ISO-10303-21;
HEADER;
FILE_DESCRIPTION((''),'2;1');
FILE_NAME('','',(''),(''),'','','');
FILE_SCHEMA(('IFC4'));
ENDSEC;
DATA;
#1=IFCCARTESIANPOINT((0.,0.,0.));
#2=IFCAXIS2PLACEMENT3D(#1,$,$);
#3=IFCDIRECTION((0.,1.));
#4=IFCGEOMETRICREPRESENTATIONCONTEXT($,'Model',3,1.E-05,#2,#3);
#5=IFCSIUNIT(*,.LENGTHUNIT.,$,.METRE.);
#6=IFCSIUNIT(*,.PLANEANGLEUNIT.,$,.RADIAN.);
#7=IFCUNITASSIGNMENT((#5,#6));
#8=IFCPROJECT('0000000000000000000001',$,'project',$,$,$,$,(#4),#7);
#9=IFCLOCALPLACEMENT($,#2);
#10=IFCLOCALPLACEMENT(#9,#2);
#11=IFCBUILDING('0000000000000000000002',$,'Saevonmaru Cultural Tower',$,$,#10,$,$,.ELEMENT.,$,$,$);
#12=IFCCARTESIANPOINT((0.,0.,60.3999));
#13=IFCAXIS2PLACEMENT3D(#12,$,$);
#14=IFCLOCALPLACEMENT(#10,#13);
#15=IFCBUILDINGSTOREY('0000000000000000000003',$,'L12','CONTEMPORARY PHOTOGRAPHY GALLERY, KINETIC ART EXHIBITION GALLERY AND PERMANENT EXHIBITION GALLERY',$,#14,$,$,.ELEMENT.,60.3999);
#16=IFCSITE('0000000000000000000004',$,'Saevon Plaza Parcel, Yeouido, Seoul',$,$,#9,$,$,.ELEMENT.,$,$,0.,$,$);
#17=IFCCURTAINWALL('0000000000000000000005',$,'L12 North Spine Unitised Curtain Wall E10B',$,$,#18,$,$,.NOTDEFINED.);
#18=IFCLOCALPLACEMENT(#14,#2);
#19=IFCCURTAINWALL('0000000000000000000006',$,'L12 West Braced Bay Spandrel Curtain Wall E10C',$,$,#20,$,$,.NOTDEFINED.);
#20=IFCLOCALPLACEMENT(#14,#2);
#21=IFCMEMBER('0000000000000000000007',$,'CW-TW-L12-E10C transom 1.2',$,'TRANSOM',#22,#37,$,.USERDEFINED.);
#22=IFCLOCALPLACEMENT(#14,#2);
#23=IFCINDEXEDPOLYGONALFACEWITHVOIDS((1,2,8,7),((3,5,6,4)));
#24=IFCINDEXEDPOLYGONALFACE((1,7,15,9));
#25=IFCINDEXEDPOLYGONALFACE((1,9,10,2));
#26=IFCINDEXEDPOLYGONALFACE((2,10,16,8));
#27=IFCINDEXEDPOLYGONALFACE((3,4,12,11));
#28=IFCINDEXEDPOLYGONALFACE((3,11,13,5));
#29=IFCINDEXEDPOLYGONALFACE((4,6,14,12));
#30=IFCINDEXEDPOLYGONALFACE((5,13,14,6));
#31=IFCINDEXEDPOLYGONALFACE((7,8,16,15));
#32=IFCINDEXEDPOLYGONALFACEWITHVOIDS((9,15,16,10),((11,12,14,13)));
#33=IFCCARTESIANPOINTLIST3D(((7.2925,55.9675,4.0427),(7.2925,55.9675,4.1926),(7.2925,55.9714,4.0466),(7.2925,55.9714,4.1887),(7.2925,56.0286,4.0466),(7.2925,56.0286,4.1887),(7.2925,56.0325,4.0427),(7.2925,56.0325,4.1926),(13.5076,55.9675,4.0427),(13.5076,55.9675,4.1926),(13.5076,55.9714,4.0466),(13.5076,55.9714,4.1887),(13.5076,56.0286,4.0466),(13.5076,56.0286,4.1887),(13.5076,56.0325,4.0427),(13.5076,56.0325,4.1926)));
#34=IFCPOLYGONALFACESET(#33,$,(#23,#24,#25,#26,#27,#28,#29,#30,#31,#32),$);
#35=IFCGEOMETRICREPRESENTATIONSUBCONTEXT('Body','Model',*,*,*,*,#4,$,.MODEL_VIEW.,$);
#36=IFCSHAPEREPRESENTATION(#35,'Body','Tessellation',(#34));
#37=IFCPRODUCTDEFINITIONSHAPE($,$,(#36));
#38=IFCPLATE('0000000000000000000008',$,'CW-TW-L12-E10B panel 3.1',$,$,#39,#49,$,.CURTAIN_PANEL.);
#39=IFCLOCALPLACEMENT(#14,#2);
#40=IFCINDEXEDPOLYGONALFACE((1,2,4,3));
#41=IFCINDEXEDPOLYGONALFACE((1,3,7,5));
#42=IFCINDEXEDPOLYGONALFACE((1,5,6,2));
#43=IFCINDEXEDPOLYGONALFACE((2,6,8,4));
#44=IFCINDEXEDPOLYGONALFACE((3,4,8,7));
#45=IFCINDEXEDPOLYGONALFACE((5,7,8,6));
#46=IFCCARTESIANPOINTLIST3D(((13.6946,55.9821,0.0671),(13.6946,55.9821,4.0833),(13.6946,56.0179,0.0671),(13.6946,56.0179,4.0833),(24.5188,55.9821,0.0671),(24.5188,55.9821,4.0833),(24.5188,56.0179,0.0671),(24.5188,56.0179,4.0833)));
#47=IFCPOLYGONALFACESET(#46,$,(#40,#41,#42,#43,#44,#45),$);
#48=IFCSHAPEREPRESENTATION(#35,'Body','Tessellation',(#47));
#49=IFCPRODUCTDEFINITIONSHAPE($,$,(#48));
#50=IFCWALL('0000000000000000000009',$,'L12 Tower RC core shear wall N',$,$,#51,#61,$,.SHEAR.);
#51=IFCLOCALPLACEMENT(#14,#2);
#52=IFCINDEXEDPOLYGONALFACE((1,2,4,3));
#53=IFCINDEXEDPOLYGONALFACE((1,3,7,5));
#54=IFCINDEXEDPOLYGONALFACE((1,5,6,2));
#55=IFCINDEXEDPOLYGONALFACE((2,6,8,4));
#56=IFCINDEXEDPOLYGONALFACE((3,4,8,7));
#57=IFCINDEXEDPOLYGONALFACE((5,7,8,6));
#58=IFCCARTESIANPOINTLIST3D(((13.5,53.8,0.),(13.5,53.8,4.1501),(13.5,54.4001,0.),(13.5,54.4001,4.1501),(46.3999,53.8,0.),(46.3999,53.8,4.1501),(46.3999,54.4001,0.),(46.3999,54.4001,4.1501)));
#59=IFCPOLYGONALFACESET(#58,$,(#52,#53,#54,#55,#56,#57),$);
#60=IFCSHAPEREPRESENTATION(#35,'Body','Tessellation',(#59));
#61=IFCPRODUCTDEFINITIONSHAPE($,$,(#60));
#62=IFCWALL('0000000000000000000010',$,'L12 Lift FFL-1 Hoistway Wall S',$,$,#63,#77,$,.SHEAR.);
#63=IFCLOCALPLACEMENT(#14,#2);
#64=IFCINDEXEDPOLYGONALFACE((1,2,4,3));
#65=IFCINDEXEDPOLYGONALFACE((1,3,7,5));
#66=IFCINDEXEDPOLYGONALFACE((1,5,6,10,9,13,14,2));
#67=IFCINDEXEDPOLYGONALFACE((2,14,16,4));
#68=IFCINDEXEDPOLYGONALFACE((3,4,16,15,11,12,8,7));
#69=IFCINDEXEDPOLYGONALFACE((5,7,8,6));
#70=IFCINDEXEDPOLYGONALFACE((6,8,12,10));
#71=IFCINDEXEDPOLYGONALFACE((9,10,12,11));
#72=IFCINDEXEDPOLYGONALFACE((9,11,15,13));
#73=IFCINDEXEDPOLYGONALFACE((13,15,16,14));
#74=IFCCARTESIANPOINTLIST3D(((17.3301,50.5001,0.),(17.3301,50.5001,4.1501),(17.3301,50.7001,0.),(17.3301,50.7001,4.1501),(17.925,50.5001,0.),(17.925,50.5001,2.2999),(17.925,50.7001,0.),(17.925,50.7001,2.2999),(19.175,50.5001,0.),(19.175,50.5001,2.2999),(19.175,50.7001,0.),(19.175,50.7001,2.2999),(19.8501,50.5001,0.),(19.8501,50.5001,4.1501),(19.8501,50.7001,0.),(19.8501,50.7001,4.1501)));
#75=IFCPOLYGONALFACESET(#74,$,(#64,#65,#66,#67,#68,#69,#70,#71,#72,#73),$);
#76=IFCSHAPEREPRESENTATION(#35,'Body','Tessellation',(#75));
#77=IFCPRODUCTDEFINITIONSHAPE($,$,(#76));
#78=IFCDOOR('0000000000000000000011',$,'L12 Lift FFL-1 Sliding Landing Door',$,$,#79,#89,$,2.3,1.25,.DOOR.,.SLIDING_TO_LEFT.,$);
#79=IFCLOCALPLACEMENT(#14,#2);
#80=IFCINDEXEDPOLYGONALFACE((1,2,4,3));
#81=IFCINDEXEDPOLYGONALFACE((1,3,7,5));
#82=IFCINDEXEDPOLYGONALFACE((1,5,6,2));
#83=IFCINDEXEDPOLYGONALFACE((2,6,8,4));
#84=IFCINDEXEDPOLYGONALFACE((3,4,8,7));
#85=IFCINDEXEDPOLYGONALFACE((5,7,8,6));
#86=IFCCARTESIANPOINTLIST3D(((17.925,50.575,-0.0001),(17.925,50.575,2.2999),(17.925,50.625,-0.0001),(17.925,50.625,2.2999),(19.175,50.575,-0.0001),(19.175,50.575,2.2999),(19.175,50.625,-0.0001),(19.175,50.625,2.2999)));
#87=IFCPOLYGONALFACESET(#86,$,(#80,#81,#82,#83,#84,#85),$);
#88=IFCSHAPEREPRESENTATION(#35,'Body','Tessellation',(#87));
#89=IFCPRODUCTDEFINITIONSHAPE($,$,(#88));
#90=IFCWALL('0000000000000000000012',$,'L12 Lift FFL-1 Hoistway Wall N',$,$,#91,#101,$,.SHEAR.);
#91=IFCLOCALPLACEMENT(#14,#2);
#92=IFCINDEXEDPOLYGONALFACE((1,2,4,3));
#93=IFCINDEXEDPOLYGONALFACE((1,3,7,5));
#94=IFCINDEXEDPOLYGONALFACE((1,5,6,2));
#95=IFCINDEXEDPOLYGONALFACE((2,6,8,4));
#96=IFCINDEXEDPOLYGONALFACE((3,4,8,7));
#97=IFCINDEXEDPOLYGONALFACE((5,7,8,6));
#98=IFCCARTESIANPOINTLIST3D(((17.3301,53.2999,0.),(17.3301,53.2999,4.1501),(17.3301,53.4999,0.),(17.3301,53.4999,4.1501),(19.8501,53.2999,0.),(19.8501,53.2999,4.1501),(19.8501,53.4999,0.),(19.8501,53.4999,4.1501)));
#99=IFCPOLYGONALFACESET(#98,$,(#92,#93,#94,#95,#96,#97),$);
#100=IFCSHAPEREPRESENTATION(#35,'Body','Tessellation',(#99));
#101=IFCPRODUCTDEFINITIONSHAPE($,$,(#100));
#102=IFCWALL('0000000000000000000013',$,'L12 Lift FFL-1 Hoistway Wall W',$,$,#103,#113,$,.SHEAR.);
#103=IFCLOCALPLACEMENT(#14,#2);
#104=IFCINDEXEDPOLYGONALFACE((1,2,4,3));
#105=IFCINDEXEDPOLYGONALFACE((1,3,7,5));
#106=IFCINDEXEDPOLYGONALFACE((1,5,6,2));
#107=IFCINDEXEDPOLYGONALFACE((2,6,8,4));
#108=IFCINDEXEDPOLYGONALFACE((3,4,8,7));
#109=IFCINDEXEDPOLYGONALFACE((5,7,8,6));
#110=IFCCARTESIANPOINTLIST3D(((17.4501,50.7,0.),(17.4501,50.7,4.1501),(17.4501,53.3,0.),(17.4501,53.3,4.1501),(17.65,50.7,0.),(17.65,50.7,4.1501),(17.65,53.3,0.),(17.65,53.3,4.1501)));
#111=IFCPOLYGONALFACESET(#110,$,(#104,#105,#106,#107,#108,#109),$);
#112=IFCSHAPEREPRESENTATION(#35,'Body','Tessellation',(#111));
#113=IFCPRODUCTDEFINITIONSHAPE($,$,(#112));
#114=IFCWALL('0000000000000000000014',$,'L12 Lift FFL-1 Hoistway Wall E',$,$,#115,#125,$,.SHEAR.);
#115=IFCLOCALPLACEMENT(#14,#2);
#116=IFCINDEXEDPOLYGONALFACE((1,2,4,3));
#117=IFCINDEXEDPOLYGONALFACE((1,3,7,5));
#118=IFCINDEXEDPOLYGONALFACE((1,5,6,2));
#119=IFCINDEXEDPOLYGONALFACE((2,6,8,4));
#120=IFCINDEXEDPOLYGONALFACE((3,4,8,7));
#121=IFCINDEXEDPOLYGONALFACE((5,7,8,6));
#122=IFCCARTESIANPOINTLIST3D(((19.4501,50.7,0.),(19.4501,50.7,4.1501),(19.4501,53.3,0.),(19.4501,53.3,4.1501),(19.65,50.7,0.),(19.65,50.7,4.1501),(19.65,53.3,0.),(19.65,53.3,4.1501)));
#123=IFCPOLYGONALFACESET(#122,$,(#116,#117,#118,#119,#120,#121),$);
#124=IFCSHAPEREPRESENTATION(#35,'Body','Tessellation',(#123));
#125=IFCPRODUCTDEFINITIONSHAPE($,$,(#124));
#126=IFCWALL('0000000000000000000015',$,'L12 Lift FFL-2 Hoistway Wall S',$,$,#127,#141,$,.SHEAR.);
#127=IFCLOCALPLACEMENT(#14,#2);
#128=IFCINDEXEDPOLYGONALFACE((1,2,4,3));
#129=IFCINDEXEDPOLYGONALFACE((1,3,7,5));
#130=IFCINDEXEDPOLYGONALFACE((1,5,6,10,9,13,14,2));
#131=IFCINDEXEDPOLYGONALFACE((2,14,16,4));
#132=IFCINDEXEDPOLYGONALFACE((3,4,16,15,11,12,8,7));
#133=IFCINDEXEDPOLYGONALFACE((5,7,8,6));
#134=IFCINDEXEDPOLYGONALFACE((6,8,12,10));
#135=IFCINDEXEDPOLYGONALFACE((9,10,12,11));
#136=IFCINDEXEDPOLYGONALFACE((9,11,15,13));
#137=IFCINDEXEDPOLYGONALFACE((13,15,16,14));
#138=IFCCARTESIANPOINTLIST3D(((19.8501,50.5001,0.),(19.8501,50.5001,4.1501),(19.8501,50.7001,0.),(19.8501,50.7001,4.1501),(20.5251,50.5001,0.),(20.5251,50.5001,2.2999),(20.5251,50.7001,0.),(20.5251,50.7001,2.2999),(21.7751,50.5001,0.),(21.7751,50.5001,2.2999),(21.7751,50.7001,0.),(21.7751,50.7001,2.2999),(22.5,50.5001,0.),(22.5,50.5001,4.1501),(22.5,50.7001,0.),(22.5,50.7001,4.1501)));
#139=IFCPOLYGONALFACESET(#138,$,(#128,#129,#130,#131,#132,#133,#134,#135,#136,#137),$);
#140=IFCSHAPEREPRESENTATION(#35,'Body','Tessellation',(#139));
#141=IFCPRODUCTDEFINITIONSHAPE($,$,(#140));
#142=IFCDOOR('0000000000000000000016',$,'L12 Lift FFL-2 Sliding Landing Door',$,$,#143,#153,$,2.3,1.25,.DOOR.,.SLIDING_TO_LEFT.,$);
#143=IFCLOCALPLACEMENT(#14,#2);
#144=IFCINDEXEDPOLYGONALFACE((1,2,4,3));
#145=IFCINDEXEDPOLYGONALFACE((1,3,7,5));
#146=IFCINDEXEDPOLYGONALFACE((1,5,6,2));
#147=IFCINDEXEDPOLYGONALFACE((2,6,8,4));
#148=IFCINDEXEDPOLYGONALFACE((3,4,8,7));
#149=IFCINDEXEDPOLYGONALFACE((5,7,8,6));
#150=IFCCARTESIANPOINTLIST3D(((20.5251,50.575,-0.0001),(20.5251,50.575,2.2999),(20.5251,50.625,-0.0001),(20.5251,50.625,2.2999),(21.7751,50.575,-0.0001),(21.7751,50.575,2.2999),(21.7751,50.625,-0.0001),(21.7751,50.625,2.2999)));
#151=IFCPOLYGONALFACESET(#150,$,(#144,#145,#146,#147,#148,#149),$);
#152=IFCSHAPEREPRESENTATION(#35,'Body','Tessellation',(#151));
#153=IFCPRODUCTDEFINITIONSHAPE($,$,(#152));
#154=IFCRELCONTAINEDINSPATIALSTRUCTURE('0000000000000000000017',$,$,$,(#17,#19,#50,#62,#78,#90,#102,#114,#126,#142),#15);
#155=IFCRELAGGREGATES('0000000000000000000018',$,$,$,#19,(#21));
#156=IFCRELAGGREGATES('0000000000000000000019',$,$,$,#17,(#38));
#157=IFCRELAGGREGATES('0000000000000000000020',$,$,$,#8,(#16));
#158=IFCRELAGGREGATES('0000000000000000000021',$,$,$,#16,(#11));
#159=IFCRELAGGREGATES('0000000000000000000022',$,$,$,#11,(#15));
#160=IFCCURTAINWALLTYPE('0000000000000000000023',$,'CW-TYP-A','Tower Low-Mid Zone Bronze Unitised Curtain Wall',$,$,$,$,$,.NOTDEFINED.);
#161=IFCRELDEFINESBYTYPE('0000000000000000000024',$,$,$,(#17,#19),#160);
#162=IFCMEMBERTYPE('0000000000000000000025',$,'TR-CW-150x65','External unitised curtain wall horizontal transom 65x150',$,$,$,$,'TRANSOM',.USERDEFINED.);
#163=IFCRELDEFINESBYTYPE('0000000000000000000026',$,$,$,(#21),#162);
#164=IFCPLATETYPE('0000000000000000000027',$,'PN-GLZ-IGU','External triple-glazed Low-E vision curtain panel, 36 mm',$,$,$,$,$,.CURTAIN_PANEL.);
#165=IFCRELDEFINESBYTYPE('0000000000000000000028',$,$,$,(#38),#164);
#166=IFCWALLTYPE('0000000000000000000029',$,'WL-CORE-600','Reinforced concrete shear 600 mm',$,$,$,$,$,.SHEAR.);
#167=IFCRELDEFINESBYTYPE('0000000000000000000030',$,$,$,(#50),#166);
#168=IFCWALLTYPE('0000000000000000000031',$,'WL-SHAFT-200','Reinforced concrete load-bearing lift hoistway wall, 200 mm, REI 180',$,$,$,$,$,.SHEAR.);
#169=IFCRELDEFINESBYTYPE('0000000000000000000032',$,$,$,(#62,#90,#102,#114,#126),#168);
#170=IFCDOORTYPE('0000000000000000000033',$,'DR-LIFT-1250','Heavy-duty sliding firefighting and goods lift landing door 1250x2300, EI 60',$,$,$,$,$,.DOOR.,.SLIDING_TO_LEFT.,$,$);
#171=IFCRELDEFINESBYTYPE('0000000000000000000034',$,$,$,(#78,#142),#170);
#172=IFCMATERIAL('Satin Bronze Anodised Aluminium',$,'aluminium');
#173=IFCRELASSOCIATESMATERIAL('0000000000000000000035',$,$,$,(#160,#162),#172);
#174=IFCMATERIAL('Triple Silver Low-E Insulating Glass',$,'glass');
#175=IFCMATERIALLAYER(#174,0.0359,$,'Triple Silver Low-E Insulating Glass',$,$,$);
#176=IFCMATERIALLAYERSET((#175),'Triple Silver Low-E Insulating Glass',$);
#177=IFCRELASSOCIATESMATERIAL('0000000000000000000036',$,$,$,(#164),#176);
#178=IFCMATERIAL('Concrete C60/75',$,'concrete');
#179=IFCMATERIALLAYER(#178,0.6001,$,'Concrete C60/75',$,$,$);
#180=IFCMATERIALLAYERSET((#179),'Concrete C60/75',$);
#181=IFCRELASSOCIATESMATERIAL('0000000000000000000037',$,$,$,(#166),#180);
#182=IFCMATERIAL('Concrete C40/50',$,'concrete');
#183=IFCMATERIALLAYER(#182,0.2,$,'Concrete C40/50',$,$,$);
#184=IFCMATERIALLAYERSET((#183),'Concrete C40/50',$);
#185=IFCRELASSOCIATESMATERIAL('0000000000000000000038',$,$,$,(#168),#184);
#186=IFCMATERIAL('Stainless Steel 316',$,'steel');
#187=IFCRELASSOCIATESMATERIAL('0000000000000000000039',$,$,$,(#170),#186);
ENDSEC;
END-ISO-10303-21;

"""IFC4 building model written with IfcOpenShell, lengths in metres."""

from ifc_helpers import new_model, si_unit, direction, frame, frame_2d, origin, origin_2d, place, context, subcontext, project, spatial, rectangle, hollow_rectangle, extrude, material, layer, layer_set, material_profile, profile_set, type_object, element, fill, aggregate, save


model = new_model("IFC4")

# Units and contexts
model_context = context("Model", 3, precision=1e-05, world=origin(), true_north=direction((0.0, 1.0)))
body_context = subcontext(model_context, "Body", "Model", "MODEL_VIEW")
ifc_project = project(units=[si_unit("LENGTHUNIT", "METRE"), si_unit("PLANEANGLEUNIT", "RADIAN")], contexts=[model_context])

# Site, building, storey
site_placement = place(None, origin())
site = spatial("IfcSite", under=ifc_project, at=site_placement, Name="Saevon Plaza Parcel, Yeouido, Seoul", CompositionType="ELEMENT", RefElevation=0.0)
building_placement = place(site_placement, origin())
building = spatial("IfcBuilding", under=site, at=building_placement, Name="Saevonmaru Cultural Tower", CompositionType="ELEMENT")
storey_placement = place(building_placement, frame((0.0, 0.0, 60.3999)))
storey = spatial("IfcBuildingStorey", under=building, at=storey_placement, Name="L12", Description="CONTEMPORARY PHOTOGRAPHY GALLERY, KINETIC ART EXHIBITION GALLERY AND PERMANENT EXHIBITION GALLERY", CompositionType="ELEMENT", Elevation=60.3999)

# Curtain wall
ifc_material_1 = material(Name="Satin Bronze Anodised Aluminium", Category="aluminium")
curtain_wall_type = type_object("IfcCurtainWallType", Name="CW-TYP-A", Description="Tower Low-Mid Zone Bronze Unitised Curtain Wall", PredefinedType="NOTDEFINED", material=ifc_material_1)
curtain_wall_1_placement = place(storey_placement, origin())
curtain_wall_1 = element("IfcCurtainWall", 1, at=curtain_wall_1_placement, inside=storey, type_object=curtain_wall_type, Name="L12 North Spine Unitised Curtain Wall E10B", PredefinedType="NOTDEFINED")

# Curtain wall, member
curtain_wall_2_placement = place(storey_placement, origin())
curtain_wall_2 = element("IfcCurtainWall", 2, at=curtain_wall_2_placement, inside=storey, type_object=curtain_wall_type, Name="L12 West Braced Bay Spandrel Curtain Wall E10C", PredefinedType="NOTDEFINED")
ifc_material_profile_1 = material_profile(ifc_material_1, hollow_rectangle(XDim=0.0649, YDim=0.1499, WallThickness=0.0039, at=origin_2d()), Name="ALU-TRAN-150x65x4")
ifc_profile_set_1 = profile_set([ifc_material_profile_1], Name="Satin Bronze Anodised Aluminium")
member_type_1 = type_object("IfcMemberType", Name="TR-CW-150x65", Description="External unitised curtain wall horizontal transom 65x150", ElementType="TRANSOM", PredefinedType="USERDEFINED", material=ifc_profile_set_1)
member_1_placement = place(storey_placement, frame((13.5076, 56.0, 4.1177), z_axis=(-1.0, 0.0, 0.0), x_axis=(0.0, -1.0, 0.0)))
member_1 = element("IfcMember", 3, at=member_1_placement, type_object=member_type_1, Name="CW-TW-L12-E10C transom 1.2", ObjectType="TRANSOM", PredefinedType="USERDEFINED", context=body_context, shape_type="SweptSolid", body=[
    extrude(hollow_rectangle(XDim=0.0649, YDim=0.1499, WallThickness=0.0039, at=origin_2d()), origin(), (0.0, 0.0, 1.0), 6.2151),
])
aggregate(curtain_wall_2, [member_1])

# Plate
ifc_material_2 = material(Name="Triple Silver Low-E Insulating Glass", Category="glass")
ifc_layer_1 = layer(ifc_material_2, 0.0359, Name="Triple Silver Low-E Insulating Glass")
ifc_layer_set_1 = layer_set([ifc_layer_1], Name="Triple Silver Low-E Insulating Glass")
plate_type = type_object("IfcPlateType", Name="PN-GLZ-IGU", Description="External triple-glazed Low-E vision curtain panel, 36 mm", PredefinedType="CURTAIN_PANEL", material=ifc_layer_set_1)
plate_placement = place(storey_placement, frame((19.1067, 56.0, 0.0671), z_axis=(0.0, 0.0, 1.0), x_axis=(-1.0, 0.0, 0.0)))
plate = element("IfcPlate", 4, at=plate_placement, type_object=plate_type, Name="CW-TW-L12-E10B panel 3.1", PredefinedType="CURTAIN_PANEL", context=body_context, shape_type="SweptSolid", body=[
    extrude(rectangle(XDim=10.8242, YDim=0.0359, at=origin_2d()), origin(), (0.0, 0.0, 1.0), 4.0161),
])
aggregate(curtain_wall_1, [plate])

# Wall
ifc_material_3 = material(Name="Concrete C60/75", Category="concrete")
ifc_layer_2 = layer(ifc_material_3, 0.6001, Name="Concrete C60/75")
ifc_layer_set_2 = layer_set([ifc_layer_2], Name="Concrete C60/75")
wall_type_1 = type_object("IfcWallType", Name="WL-CORE-600", Description="Reinforced concrete shear 600 mm", PredefinedType="SHEAR", material=ifc_layer_set_2)
wall_1_placement = place(storey_placement, frame((13.5, 54.1001, 0.0), z_axis=(0.0, 0.0, 1.0), x_axis=(1.0, 0.0, 0.0)))
element("IfcWall", 5, at=wall_1_placement, inside=storey, type_object=wall_type_1, Name="L12 Tower RC core shear wall N", PredefinedType="SHEAR", context=body_context, shape_type="SweptSolid", body=[
    extrude(rectangle(XDim=32.8999, YDim=0.6001, at=frame_2d((16.45, 0.0))), origin(), (0.0, 0.0, 1.0), 4.1501),
])

# Wall, opening, door
ifc_material_4 = material(Name="Concrete C40/50", Category="concrete")
ifc_layer_3 = layer(ifc_material_4, 0.2, Name="Concrete C40/50")
ifc_layer_set_3 = layer_set([ifc_layer_3], Name="Concrete C40/50")
wall_type_2 = type_object("IfcWallType", Name="WL-SHAFT-200", Description="Reinforced concrete load-bearing lift hoistway wall, 200 mm, REI 180", PredefinedType="SHEAR", material=ifc_layer_set_3)
wall_2_placement = place(storey_placement, frame((17.3301, 50.6001, 0.0), z_axis=(0.0, 0.0, 1.0), x_axis=(1.0, 0.0, 0.0)))
wall_2 = element("IfcWall", 6, at=wall_2_placement, inside=storey, type_object=wall_type_2, Name="L12 Lift FFL-1 Hoistway Wall S", PredefinedType="SHEAR", context=body_context, shape_type="SweptSolid", body=[
    extrude(rectangle(XDim=2.52, YDim=0.2, at=frame_2d((1.26, 0.0))), origin(), (0.0, 0.0, 1.0), 4.1501),
])
opening_1_placement = place(wall_2_placement, frame((0.595, 0.0, 0.0)))
opening_1 = element("IfcOpeningElement", 7, at=opening_1_placement, cuts=wall_2, PredefinedType="OPENING", context=body_context, shape_type="SweptSolid", body=[
    extrude(rectangle(XDim=1.25, YDim=2.3, at=frame_2d((0.625, 1.1499))), frame((0.0, 0.1099, 0.0), z_axis=(0.0, -1.0, 0.0), x_axis=(1.0, 0.0, 0.0)), (0.0, 0.0, 1.0), 0.22),
])
ifc_material_5 = material(Name="Stainless Steel 316", Category="steel")
door_type = type_object("IfcDoorType", Name="DR-LIFT-1250", Description="Heavy-duty sliding firefighting and goods lift landing door 1250x2300, EI 60", OperationType="SLIDING_TO_LEFT", PredefinedType="DOOR", material=ifc_material_5)
door_1_placement = place(opening_1_placement, origin())
door_1 = element("IfcDoor", 8, at=door_1_placement, inside=storey, type_object=door_type, Name="L12 Lift FFL-1 Sliding Landing Door", OperationType="SLIDING_TO_LEFT", OverallHeight=2.3, OverallWidth=1.25, PredefinedType="DOOR", context=body_context, shape_type="SweptSolid", body=[
    extrude(rectangle(XDim=1.25, YDim=2.3, at=frame_2d((0.625, 1.1499))), frame((0.0, 0.0249, 0.0), z_axis=(0.0, -1.0, 0.0), x_axis=(1.0, 0.0, 0.0)), (0.0, 0.0, 1.0), 0.05),
])
fill(opening_1, door_1)

# Walls
wall_3_placement = place(storey_placement, frame((17.3301, 53.3999, 0.0), z_axis=(0.0, 0.0, 1.0), x_axis=(1.0, 0.0, 0.0)))
element("IfcWall", 9, at=wall_3_placement, inside=storey, type_object=wall_type_2, Name="L12 Lift FFL-1 Hoistway Wall N", PredefinedType="SHEAR", context=body_context, shape_type="SweptSolid", body=[
    extrude(rectangle(XDim=2.52, YDim=0.2, at=frame_2d((1.26, 0.0))), origin(), (0.0, 0.0, 1.0), 4.1501),
])
for number, where, z_axis, x_axis, name in (
    (10, (17.55, 50.7, 0.0), (0.0, 0.0, 1.0), (0.0, 1.0, 0.0), "L12 Lift FFL-1 Hoistway Wall W"),
    (11, (19.55, 50.7, 0.0), (0.0, 0.0, 1.0), (0.0, 1.0, 0.0), "L12 Lift FFL-1 Hoistway Wall E"),
):
    element("IfcWall", number, at=place(storey_placement, frame(where, z_axis=z_axis, x_axis=x_axis)), inside=storey, type_object=wall_type_2, Name=name, PredefinedType="SHEAR", context=body_context, shape_type="SweptSolid", body=[
        extrude(rectangle(XDim=2.6001, YDim=0.2, at=frame_2d((1.3, 0.0))), origin(), (0.0, 0.0, 1.0), 4.1501),
    ])

# Wall, opening, door
wall_4_placement = place(storey_placement, frame((19.8501, 50.6001, 0.0), z_axis=(0.0, 0.0, 1.0), x_axis=(1.0, 0.0, 0.0)))
wall_4 = element("IfcWall", 12, at=wall_4_placement, inside=storey, type_object=wall_type_2, Name="L12 Lift FFL-2 Hoistway Wall S", PredefinedType="SHEAR", context=body_context, shape_type="SweptSolid", body=[
    extrude(rectangle(XDim=2.6499, YDim=0.2, at=frame_2d((1.325, 0.0))), origin(), (0.0, 0.0, 1.0), 4.1501),
])
opening_2_placement = place(wall_4_placement, frame((0.675, 0.0, 0.0)))
opening_2 = element("IfcOpeningElement", 13, at=opening_2_placement, cuts=wall_4, PredefinedType="OPENING", context=body_context, shape_type="SweptSolid", body=[
    extrude(rectangle(XDim=1.25, YDim=2.3, at=frame_2d((0.625, 1.1499))), frame((0.0, 0.1099, 0.0), z_axis=(0.0, -1.0, 0.0), x_axis=(1.0, 0.0, 0.0)), (0.0, 0.0, 1.0), 0.22),
])
door_2_placement = place(opening_2_placement, origin())
door_2 = element("IfcDoor", 14, at=door_2_placement, inside=storey, type_object=door_type, Name="L12 Lift FFL-2 Sliding Landing Door", OperationType="SLIDING_TO_LEFT", OverallHeight=2.3, OverallWidth=1.25, PredefinedType="DOOR", context=body_context, shape_type="SweptSolid", body=[
    extrude(rectangle(XDim=1.25, YDim=2.3, at=frame_2d((0.625, 1.1499))), frame((0.0, 0.0249, 0.0), z_axis=(0.0, -1.0, 0.0), x_axis=(1.0, 0.0, 0.0)), (0.0, 0.0, 1.0), 0.05),
])
fill(opening_2, door_2)

save(model, "model.ifc")
